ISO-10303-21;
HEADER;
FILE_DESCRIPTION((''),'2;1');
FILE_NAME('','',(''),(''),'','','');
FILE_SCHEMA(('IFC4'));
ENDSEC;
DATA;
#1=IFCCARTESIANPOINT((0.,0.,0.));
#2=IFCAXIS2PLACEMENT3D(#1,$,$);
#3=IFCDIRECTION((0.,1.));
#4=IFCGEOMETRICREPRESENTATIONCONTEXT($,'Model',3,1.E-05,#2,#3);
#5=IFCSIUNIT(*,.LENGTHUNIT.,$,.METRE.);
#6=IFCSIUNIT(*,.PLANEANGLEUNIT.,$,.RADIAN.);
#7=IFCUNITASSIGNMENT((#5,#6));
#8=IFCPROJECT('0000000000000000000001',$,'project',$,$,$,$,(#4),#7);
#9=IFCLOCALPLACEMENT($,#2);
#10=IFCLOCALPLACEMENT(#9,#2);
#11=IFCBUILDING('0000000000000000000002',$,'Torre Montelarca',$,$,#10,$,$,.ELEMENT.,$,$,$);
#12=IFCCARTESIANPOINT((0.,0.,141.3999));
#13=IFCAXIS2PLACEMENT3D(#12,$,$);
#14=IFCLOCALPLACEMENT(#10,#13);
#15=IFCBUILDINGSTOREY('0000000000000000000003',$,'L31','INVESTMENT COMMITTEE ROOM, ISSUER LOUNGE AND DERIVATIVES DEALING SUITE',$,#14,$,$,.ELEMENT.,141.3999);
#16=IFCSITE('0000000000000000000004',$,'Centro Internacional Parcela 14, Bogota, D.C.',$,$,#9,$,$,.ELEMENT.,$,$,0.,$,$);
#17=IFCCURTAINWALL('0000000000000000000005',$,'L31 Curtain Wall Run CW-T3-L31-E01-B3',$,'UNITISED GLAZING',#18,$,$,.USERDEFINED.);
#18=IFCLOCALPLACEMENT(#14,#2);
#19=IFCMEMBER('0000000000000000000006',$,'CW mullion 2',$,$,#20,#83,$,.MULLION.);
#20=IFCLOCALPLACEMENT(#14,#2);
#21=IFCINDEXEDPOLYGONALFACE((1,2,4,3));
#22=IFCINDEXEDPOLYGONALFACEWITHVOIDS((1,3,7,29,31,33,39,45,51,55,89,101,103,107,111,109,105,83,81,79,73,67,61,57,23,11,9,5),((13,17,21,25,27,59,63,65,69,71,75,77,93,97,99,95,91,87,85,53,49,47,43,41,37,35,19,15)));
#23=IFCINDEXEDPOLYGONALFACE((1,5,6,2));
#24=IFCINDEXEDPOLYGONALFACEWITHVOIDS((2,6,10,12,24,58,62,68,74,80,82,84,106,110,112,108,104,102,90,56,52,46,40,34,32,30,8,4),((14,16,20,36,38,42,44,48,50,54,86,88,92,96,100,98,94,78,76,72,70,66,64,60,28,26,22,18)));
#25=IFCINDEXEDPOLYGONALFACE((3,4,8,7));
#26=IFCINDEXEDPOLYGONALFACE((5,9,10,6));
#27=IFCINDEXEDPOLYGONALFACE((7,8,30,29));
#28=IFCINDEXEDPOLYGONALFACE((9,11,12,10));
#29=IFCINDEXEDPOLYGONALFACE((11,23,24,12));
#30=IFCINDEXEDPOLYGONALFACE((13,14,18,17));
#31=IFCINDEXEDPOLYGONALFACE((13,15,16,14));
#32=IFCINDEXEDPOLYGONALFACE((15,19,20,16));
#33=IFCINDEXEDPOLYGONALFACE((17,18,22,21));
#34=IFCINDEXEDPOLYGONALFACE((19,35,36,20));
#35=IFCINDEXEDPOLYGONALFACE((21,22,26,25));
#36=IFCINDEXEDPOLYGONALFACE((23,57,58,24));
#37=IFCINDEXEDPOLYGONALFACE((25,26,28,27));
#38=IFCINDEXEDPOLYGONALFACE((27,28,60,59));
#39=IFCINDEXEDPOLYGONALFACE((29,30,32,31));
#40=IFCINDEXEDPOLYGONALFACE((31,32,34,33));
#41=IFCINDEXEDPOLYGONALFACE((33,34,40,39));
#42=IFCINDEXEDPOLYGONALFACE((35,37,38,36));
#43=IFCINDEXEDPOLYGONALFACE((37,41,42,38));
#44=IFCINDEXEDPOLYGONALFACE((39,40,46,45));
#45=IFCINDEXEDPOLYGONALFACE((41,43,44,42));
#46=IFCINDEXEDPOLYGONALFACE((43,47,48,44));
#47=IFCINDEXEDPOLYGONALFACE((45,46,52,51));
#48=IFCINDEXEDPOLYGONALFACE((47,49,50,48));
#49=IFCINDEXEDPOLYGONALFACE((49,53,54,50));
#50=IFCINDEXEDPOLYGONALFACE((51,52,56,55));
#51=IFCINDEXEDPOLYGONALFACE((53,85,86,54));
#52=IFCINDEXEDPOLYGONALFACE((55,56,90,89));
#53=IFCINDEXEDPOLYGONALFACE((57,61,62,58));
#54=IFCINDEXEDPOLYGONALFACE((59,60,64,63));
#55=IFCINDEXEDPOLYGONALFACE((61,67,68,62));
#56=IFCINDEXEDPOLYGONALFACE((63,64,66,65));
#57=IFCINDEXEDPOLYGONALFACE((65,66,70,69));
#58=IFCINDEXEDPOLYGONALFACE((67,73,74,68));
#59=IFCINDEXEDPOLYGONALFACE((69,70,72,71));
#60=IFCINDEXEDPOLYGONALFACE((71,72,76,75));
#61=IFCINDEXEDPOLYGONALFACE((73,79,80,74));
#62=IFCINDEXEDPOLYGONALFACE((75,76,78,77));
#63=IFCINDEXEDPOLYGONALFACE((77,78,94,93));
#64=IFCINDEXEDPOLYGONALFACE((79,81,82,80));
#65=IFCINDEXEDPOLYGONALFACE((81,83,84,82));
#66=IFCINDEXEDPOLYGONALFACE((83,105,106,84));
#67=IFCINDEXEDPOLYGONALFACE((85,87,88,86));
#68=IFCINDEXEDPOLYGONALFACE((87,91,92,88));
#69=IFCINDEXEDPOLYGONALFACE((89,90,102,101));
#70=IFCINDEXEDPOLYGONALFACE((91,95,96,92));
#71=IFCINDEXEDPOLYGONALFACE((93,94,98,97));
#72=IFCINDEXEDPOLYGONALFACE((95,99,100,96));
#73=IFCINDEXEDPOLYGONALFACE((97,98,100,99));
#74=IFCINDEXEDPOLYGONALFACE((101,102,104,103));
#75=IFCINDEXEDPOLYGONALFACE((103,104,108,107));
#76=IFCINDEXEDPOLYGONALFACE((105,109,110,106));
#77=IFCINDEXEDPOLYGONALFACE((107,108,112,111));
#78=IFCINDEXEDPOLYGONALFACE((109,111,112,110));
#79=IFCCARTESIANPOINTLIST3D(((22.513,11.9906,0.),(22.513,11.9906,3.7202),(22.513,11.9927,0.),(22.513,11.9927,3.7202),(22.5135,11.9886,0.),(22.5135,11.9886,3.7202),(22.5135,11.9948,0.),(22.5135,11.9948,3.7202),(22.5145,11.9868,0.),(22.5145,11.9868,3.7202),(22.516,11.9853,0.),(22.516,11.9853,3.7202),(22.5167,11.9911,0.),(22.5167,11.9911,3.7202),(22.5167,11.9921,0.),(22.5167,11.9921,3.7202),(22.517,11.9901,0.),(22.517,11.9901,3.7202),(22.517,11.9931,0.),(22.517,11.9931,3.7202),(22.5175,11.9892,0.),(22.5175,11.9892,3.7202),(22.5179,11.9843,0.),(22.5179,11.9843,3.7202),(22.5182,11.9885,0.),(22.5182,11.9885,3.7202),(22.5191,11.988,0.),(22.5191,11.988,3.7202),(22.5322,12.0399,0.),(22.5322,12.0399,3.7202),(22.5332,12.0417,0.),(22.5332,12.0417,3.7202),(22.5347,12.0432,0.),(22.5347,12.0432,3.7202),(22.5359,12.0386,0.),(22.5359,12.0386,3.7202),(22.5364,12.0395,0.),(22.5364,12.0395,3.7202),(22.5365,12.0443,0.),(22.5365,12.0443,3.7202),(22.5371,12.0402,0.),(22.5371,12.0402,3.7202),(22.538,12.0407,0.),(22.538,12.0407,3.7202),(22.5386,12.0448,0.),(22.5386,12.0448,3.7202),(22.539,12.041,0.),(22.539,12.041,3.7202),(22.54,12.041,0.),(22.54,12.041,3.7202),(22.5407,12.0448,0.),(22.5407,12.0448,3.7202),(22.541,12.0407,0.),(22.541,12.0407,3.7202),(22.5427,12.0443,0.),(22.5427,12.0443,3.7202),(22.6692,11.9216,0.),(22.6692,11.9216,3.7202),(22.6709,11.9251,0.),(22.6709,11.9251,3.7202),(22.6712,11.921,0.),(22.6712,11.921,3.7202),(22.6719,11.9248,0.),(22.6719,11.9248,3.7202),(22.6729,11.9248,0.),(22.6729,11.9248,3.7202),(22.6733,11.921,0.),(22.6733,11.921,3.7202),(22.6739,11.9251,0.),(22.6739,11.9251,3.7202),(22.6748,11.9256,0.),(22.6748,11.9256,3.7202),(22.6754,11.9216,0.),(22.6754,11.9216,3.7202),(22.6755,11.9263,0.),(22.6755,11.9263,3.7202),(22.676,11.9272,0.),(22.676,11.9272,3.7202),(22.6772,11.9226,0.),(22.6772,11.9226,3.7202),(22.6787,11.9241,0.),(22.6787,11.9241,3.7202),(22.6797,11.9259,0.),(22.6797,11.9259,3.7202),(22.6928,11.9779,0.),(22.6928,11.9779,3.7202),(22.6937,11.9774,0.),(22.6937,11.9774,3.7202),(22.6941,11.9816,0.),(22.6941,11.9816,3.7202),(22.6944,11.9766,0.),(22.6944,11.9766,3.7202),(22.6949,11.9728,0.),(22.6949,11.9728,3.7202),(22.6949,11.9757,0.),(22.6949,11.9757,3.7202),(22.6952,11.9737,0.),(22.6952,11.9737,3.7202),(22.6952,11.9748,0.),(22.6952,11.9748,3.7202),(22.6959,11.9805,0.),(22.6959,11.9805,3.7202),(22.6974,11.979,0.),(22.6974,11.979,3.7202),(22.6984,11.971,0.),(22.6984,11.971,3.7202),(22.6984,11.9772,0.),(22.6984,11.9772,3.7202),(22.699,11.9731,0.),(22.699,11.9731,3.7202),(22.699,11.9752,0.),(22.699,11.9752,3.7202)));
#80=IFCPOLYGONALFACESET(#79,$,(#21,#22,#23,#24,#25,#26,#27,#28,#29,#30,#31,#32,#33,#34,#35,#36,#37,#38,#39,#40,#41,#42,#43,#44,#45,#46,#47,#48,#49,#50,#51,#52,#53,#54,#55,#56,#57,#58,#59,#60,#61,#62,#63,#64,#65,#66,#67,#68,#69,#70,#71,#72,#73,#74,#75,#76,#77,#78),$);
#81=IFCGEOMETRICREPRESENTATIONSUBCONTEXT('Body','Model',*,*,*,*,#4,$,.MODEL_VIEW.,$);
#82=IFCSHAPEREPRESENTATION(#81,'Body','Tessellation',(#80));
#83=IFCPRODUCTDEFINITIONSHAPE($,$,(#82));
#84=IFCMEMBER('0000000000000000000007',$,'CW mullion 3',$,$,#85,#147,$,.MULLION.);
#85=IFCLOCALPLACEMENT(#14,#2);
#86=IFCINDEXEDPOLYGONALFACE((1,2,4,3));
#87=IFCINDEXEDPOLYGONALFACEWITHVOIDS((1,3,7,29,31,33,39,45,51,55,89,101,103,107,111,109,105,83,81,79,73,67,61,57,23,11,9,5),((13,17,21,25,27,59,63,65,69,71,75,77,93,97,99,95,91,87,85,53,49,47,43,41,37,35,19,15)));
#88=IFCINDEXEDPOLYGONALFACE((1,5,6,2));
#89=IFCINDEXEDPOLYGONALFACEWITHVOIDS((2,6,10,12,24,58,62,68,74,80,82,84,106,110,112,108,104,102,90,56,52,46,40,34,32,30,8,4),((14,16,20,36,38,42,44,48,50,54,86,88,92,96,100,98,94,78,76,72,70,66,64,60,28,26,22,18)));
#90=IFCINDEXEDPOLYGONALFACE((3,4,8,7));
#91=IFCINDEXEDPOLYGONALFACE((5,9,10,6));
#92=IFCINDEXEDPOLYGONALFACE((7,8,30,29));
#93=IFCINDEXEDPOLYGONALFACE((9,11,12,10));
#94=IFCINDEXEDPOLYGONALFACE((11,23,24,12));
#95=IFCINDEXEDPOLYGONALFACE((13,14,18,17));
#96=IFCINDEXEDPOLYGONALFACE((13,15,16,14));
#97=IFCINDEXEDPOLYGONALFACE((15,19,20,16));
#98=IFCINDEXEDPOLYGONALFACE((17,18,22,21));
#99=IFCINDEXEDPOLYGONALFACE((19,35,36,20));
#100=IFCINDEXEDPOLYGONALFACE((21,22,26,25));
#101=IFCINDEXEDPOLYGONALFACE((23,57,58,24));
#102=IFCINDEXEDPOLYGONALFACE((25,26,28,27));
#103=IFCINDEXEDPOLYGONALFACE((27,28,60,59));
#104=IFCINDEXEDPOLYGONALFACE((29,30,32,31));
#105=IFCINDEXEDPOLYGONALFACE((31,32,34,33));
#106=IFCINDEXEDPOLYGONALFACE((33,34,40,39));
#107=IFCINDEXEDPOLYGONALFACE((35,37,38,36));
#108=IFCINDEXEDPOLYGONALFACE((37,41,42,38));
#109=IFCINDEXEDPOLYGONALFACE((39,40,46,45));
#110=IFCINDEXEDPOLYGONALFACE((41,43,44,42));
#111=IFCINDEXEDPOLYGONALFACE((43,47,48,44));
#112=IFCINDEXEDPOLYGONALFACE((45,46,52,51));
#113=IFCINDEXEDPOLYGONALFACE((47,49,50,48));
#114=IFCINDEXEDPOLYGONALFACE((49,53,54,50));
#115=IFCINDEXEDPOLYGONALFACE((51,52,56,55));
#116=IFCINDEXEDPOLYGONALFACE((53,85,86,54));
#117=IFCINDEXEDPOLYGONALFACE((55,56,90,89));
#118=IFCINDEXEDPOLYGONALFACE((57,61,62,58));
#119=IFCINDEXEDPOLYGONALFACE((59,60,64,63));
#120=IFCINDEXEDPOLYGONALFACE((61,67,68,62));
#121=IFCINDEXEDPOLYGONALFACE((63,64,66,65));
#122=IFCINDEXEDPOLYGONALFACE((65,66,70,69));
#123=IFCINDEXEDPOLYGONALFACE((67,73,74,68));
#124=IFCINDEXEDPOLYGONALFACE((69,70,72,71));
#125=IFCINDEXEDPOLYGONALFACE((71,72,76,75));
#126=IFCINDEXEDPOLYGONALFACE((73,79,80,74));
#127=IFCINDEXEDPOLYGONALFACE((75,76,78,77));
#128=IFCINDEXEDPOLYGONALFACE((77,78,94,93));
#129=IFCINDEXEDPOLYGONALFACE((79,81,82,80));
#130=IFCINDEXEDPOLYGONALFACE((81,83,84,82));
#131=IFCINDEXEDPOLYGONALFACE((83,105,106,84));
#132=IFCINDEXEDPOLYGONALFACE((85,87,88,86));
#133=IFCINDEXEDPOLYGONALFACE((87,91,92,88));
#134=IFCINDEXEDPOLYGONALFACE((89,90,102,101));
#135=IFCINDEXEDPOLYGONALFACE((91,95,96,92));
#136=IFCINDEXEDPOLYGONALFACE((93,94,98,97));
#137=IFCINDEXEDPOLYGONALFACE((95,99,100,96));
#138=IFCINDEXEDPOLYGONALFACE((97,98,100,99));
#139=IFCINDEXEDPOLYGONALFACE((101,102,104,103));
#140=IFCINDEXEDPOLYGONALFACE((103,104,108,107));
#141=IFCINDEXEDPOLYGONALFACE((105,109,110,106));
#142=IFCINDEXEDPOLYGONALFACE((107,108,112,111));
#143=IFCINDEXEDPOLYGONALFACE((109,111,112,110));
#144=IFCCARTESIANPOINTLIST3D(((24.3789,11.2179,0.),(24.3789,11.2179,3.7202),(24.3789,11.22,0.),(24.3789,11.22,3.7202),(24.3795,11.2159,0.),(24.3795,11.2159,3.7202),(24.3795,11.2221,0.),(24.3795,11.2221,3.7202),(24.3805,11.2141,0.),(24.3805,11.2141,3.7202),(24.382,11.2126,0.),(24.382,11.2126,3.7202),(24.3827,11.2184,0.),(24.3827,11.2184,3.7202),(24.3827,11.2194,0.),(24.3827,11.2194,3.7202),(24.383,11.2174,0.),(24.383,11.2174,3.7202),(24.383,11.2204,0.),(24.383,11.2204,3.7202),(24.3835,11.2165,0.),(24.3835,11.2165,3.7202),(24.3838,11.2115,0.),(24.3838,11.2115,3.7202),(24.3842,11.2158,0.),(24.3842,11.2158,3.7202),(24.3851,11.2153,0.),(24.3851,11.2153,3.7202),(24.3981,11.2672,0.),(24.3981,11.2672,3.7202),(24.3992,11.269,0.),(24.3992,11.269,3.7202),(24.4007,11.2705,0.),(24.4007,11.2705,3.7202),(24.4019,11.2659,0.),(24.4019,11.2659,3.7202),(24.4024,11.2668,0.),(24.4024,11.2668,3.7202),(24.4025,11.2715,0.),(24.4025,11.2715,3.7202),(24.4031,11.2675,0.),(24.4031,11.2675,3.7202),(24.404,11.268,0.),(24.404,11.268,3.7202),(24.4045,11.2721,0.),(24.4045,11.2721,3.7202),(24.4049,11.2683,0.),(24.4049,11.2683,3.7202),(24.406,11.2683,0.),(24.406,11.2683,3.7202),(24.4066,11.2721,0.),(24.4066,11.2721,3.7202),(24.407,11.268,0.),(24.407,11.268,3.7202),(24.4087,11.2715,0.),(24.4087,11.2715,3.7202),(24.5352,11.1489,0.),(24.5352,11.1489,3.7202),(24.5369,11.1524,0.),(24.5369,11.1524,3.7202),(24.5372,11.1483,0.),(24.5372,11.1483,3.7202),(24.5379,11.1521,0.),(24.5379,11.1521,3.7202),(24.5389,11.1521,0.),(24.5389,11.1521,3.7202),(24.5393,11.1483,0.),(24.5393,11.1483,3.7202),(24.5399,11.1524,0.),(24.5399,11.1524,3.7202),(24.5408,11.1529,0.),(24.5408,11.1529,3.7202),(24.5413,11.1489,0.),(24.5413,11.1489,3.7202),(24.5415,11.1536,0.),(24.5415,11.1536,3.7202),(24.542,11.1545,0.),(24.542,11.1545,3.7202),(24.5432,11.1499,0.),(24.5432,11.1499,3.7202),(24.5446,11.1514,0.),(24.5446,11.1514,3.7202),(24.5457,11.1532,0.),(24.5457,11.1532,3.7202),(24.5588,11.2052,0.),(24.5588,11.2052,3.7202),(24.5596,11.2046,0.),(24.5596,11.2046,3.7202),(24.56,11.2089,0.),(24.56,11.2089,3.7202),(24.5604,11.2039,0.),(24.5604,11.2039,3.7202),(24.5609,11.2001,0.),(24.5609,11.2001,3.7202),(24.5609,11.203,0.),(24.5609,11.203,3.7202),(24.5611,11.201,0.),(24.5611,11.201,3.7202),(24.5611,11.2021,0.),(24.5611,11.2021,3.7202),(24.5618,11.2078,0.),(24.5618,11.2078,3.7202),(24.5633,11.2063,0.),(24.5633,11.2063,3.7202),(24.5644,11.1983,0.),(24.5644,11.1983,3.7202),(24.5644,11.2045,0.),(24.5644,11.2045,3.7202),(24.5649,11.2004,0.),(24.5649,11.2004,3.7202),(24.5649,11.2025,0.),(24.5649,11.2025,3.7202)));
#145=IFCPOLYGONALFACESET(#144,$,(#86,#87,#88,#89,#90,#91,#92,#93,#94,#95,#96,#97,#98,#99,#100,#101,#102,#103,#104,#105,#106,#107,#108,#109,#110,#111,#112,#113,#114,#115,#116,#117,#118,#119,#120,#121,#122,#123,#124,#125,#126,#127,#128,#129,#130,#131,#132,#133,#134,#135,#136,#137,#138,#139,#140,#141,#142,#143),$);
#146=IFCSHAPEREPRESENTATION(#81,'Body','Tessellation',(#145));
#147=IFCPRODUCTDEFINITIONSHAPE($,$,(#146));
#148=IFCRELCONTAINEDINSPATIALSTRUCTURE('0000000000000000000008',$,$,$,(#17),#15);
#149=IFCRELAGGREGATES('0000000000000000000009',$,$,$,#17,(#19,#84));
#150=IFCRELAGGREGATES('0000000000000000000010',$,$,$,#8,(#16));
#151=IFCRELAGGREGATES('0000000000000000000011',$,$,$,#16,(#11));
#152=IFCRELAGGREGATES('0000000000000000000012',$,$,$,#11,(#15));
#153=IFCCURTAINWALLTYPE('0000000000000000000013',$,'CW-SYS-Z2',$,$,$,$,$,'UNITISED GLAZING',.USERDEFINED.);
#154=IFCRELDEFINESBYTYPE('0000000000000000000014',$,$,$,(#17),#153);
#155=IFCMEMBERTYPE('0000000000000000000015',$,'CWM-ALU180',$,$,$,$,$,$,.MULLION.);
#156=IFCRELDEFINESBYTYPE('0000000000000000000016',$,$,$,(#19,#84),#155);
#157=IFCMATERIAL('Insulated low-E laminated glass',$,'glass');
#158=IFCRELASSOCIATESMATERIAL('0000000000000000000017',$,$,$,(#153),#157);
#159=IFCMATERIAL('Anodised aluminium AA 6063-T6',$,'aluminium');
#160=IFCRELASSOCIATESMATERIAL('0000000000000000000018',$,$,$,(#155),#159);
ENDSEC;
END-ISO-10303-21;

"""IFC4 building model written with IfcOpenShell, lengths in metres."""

from ifc_helpers import new_model, si_unit, direction, frame, origin, origin_2d, place, context, subcontext, project, spatial, hollow_rectangle, extrude, source, transform, mapped, material, material_profile, profile_set, type_object, element, aggregate, save


model = new_model("IFC4")

# Units and contexts
model_context = context("Model", 3, precision=1e-05, world=origin(), true_north=direction((0.0, 1.0)))
body_context = subcontext(model_context, "Body", "Model", "MODEL_VIEW")
ifc_project = project(units=[si_unit("LENGTHUNIT", "METRE"), si_unit("PLANEANGLEUNIT", "RADIAN")], contexts=[model_context])

# Site, building, storey
site_placement = place(None, origin())
site = spatial("IfcSite", under=ifc_project, at=site_placement, Name="Centro Internacional Parcela 14, Bogota, D.C.", CompositionType="ELEMENT", RefElevation=0.0)
building_placement = place(site_placement, origin())
building = spatial("IfcBuilding", under=site, at=building_placement, Name="Torre Montelarca", CompositionType="ELEMENT")
storey_placement = place(building_placement, frame((0.0, 0.0, 141.3999)))
storey = spatial("IfcBuildingStorey", under=building, at=storey_placement, Name="L31", Description="INVESTMENT COMMITTEE ROOM, ISSUER LOUNGE AND DERIVATIVES DEALING SUITE", CompositionType="ELEMENT", Elevation=141.3999)

# Curtain wall, members
ifc_material_1 = material(Name="Insulated low-E laminated glass", Category="glass")
curtain_wall_type = type_object("IfcCurtainWallType", Name="CW-SYS-Z2", ElementType="UNITISED GLAZING", PredefinedType="USERDEFINED", material=ifc_material_1)
ifc_material_2 = material(Name="Anodised aluminium AA 6063-T6", Category="aluminium")
curtain_wall_1_placement = place(storey_placement, origin())
curtain_wall_1 = element("IfcCurtainWall", 1, at=curtain_wall_1_placement, inside=storey, type_object=curtain_wall_type, Name="L31 Curtain Wall Run CW-T3-L31-E01-B3", ObjectType="UNITISED GLAZING", PredefinedType="USERDEFINED")
ifc_material_profile_1 = material_profile(ifc_material_2, hollow_rectangle(XDim=0.0649, YDim=0.1799, WallThickness=0.0039, InnerFilletRadius=0.0039, OuterFilletRadius=0.0081, at=origin_2d()), Name="ALU65X180X4", Category="aluminium")
ifc_profile_set_1 = profile_set([ifc_material_profile_1], Name="Anodised aluminium AA 6063-T6")
member_type_1 = type_object("IfcMemberType", Name="CWM-ALU180", PredefinedType="MULLION", material=ifc_profile_set_1)
shared_shape_1 = source(origin(), body_context, "Body", "SweptSolid", [
    extrude(hollow_rectangle(XDim=0.0649, YDim=0.1799, WallThickness=0.0039, InnerFilletRadius=0.0039, OuterFilletRadius=0.0081, at=origin_2d()), origin(), (0.0, 0.0, 1.0), 3.7202),
])
member_1_placement = place(storey_placement, frame((22.606, 11.9829, 0.0), z_axis=(0.0, 0.0, 1.0), x_axis=(0.382668, 0.923886, 0.0)))
member_1 = element("IfcMember", 2, at=member_1_placement, type_object=member_type_1, Name="CW mullion 2", PredefinedType="MULLION", context=body_context, shape_type="MappedRepresentation", body=[
    mapped(shared_shape_1, transform((0.0, 0.0, 0.0), scale=1.0)),
])
member_2_placement = place(storey_placement, frame((24.4719, 11.2102, 0.0), z_axis=(0.0, 0.0, 1.0), x_axis=(0.382668, 0.923886, 0.0)))
member_2 = element("IfcMember", 3, at=member_2_placement, type_object=member_type_1, Name="CW mullion 3", PredefinedType="MULLION", context=body_context, shape_type="MappedRepresentation", body=[
    mapped(shared_shape_1, transform((0.0, 0.0, 0.0), scale=1.0)),
])

aggregate(curtain_wall_1, [member_1, member_2])

save(model, "model.ifc")
